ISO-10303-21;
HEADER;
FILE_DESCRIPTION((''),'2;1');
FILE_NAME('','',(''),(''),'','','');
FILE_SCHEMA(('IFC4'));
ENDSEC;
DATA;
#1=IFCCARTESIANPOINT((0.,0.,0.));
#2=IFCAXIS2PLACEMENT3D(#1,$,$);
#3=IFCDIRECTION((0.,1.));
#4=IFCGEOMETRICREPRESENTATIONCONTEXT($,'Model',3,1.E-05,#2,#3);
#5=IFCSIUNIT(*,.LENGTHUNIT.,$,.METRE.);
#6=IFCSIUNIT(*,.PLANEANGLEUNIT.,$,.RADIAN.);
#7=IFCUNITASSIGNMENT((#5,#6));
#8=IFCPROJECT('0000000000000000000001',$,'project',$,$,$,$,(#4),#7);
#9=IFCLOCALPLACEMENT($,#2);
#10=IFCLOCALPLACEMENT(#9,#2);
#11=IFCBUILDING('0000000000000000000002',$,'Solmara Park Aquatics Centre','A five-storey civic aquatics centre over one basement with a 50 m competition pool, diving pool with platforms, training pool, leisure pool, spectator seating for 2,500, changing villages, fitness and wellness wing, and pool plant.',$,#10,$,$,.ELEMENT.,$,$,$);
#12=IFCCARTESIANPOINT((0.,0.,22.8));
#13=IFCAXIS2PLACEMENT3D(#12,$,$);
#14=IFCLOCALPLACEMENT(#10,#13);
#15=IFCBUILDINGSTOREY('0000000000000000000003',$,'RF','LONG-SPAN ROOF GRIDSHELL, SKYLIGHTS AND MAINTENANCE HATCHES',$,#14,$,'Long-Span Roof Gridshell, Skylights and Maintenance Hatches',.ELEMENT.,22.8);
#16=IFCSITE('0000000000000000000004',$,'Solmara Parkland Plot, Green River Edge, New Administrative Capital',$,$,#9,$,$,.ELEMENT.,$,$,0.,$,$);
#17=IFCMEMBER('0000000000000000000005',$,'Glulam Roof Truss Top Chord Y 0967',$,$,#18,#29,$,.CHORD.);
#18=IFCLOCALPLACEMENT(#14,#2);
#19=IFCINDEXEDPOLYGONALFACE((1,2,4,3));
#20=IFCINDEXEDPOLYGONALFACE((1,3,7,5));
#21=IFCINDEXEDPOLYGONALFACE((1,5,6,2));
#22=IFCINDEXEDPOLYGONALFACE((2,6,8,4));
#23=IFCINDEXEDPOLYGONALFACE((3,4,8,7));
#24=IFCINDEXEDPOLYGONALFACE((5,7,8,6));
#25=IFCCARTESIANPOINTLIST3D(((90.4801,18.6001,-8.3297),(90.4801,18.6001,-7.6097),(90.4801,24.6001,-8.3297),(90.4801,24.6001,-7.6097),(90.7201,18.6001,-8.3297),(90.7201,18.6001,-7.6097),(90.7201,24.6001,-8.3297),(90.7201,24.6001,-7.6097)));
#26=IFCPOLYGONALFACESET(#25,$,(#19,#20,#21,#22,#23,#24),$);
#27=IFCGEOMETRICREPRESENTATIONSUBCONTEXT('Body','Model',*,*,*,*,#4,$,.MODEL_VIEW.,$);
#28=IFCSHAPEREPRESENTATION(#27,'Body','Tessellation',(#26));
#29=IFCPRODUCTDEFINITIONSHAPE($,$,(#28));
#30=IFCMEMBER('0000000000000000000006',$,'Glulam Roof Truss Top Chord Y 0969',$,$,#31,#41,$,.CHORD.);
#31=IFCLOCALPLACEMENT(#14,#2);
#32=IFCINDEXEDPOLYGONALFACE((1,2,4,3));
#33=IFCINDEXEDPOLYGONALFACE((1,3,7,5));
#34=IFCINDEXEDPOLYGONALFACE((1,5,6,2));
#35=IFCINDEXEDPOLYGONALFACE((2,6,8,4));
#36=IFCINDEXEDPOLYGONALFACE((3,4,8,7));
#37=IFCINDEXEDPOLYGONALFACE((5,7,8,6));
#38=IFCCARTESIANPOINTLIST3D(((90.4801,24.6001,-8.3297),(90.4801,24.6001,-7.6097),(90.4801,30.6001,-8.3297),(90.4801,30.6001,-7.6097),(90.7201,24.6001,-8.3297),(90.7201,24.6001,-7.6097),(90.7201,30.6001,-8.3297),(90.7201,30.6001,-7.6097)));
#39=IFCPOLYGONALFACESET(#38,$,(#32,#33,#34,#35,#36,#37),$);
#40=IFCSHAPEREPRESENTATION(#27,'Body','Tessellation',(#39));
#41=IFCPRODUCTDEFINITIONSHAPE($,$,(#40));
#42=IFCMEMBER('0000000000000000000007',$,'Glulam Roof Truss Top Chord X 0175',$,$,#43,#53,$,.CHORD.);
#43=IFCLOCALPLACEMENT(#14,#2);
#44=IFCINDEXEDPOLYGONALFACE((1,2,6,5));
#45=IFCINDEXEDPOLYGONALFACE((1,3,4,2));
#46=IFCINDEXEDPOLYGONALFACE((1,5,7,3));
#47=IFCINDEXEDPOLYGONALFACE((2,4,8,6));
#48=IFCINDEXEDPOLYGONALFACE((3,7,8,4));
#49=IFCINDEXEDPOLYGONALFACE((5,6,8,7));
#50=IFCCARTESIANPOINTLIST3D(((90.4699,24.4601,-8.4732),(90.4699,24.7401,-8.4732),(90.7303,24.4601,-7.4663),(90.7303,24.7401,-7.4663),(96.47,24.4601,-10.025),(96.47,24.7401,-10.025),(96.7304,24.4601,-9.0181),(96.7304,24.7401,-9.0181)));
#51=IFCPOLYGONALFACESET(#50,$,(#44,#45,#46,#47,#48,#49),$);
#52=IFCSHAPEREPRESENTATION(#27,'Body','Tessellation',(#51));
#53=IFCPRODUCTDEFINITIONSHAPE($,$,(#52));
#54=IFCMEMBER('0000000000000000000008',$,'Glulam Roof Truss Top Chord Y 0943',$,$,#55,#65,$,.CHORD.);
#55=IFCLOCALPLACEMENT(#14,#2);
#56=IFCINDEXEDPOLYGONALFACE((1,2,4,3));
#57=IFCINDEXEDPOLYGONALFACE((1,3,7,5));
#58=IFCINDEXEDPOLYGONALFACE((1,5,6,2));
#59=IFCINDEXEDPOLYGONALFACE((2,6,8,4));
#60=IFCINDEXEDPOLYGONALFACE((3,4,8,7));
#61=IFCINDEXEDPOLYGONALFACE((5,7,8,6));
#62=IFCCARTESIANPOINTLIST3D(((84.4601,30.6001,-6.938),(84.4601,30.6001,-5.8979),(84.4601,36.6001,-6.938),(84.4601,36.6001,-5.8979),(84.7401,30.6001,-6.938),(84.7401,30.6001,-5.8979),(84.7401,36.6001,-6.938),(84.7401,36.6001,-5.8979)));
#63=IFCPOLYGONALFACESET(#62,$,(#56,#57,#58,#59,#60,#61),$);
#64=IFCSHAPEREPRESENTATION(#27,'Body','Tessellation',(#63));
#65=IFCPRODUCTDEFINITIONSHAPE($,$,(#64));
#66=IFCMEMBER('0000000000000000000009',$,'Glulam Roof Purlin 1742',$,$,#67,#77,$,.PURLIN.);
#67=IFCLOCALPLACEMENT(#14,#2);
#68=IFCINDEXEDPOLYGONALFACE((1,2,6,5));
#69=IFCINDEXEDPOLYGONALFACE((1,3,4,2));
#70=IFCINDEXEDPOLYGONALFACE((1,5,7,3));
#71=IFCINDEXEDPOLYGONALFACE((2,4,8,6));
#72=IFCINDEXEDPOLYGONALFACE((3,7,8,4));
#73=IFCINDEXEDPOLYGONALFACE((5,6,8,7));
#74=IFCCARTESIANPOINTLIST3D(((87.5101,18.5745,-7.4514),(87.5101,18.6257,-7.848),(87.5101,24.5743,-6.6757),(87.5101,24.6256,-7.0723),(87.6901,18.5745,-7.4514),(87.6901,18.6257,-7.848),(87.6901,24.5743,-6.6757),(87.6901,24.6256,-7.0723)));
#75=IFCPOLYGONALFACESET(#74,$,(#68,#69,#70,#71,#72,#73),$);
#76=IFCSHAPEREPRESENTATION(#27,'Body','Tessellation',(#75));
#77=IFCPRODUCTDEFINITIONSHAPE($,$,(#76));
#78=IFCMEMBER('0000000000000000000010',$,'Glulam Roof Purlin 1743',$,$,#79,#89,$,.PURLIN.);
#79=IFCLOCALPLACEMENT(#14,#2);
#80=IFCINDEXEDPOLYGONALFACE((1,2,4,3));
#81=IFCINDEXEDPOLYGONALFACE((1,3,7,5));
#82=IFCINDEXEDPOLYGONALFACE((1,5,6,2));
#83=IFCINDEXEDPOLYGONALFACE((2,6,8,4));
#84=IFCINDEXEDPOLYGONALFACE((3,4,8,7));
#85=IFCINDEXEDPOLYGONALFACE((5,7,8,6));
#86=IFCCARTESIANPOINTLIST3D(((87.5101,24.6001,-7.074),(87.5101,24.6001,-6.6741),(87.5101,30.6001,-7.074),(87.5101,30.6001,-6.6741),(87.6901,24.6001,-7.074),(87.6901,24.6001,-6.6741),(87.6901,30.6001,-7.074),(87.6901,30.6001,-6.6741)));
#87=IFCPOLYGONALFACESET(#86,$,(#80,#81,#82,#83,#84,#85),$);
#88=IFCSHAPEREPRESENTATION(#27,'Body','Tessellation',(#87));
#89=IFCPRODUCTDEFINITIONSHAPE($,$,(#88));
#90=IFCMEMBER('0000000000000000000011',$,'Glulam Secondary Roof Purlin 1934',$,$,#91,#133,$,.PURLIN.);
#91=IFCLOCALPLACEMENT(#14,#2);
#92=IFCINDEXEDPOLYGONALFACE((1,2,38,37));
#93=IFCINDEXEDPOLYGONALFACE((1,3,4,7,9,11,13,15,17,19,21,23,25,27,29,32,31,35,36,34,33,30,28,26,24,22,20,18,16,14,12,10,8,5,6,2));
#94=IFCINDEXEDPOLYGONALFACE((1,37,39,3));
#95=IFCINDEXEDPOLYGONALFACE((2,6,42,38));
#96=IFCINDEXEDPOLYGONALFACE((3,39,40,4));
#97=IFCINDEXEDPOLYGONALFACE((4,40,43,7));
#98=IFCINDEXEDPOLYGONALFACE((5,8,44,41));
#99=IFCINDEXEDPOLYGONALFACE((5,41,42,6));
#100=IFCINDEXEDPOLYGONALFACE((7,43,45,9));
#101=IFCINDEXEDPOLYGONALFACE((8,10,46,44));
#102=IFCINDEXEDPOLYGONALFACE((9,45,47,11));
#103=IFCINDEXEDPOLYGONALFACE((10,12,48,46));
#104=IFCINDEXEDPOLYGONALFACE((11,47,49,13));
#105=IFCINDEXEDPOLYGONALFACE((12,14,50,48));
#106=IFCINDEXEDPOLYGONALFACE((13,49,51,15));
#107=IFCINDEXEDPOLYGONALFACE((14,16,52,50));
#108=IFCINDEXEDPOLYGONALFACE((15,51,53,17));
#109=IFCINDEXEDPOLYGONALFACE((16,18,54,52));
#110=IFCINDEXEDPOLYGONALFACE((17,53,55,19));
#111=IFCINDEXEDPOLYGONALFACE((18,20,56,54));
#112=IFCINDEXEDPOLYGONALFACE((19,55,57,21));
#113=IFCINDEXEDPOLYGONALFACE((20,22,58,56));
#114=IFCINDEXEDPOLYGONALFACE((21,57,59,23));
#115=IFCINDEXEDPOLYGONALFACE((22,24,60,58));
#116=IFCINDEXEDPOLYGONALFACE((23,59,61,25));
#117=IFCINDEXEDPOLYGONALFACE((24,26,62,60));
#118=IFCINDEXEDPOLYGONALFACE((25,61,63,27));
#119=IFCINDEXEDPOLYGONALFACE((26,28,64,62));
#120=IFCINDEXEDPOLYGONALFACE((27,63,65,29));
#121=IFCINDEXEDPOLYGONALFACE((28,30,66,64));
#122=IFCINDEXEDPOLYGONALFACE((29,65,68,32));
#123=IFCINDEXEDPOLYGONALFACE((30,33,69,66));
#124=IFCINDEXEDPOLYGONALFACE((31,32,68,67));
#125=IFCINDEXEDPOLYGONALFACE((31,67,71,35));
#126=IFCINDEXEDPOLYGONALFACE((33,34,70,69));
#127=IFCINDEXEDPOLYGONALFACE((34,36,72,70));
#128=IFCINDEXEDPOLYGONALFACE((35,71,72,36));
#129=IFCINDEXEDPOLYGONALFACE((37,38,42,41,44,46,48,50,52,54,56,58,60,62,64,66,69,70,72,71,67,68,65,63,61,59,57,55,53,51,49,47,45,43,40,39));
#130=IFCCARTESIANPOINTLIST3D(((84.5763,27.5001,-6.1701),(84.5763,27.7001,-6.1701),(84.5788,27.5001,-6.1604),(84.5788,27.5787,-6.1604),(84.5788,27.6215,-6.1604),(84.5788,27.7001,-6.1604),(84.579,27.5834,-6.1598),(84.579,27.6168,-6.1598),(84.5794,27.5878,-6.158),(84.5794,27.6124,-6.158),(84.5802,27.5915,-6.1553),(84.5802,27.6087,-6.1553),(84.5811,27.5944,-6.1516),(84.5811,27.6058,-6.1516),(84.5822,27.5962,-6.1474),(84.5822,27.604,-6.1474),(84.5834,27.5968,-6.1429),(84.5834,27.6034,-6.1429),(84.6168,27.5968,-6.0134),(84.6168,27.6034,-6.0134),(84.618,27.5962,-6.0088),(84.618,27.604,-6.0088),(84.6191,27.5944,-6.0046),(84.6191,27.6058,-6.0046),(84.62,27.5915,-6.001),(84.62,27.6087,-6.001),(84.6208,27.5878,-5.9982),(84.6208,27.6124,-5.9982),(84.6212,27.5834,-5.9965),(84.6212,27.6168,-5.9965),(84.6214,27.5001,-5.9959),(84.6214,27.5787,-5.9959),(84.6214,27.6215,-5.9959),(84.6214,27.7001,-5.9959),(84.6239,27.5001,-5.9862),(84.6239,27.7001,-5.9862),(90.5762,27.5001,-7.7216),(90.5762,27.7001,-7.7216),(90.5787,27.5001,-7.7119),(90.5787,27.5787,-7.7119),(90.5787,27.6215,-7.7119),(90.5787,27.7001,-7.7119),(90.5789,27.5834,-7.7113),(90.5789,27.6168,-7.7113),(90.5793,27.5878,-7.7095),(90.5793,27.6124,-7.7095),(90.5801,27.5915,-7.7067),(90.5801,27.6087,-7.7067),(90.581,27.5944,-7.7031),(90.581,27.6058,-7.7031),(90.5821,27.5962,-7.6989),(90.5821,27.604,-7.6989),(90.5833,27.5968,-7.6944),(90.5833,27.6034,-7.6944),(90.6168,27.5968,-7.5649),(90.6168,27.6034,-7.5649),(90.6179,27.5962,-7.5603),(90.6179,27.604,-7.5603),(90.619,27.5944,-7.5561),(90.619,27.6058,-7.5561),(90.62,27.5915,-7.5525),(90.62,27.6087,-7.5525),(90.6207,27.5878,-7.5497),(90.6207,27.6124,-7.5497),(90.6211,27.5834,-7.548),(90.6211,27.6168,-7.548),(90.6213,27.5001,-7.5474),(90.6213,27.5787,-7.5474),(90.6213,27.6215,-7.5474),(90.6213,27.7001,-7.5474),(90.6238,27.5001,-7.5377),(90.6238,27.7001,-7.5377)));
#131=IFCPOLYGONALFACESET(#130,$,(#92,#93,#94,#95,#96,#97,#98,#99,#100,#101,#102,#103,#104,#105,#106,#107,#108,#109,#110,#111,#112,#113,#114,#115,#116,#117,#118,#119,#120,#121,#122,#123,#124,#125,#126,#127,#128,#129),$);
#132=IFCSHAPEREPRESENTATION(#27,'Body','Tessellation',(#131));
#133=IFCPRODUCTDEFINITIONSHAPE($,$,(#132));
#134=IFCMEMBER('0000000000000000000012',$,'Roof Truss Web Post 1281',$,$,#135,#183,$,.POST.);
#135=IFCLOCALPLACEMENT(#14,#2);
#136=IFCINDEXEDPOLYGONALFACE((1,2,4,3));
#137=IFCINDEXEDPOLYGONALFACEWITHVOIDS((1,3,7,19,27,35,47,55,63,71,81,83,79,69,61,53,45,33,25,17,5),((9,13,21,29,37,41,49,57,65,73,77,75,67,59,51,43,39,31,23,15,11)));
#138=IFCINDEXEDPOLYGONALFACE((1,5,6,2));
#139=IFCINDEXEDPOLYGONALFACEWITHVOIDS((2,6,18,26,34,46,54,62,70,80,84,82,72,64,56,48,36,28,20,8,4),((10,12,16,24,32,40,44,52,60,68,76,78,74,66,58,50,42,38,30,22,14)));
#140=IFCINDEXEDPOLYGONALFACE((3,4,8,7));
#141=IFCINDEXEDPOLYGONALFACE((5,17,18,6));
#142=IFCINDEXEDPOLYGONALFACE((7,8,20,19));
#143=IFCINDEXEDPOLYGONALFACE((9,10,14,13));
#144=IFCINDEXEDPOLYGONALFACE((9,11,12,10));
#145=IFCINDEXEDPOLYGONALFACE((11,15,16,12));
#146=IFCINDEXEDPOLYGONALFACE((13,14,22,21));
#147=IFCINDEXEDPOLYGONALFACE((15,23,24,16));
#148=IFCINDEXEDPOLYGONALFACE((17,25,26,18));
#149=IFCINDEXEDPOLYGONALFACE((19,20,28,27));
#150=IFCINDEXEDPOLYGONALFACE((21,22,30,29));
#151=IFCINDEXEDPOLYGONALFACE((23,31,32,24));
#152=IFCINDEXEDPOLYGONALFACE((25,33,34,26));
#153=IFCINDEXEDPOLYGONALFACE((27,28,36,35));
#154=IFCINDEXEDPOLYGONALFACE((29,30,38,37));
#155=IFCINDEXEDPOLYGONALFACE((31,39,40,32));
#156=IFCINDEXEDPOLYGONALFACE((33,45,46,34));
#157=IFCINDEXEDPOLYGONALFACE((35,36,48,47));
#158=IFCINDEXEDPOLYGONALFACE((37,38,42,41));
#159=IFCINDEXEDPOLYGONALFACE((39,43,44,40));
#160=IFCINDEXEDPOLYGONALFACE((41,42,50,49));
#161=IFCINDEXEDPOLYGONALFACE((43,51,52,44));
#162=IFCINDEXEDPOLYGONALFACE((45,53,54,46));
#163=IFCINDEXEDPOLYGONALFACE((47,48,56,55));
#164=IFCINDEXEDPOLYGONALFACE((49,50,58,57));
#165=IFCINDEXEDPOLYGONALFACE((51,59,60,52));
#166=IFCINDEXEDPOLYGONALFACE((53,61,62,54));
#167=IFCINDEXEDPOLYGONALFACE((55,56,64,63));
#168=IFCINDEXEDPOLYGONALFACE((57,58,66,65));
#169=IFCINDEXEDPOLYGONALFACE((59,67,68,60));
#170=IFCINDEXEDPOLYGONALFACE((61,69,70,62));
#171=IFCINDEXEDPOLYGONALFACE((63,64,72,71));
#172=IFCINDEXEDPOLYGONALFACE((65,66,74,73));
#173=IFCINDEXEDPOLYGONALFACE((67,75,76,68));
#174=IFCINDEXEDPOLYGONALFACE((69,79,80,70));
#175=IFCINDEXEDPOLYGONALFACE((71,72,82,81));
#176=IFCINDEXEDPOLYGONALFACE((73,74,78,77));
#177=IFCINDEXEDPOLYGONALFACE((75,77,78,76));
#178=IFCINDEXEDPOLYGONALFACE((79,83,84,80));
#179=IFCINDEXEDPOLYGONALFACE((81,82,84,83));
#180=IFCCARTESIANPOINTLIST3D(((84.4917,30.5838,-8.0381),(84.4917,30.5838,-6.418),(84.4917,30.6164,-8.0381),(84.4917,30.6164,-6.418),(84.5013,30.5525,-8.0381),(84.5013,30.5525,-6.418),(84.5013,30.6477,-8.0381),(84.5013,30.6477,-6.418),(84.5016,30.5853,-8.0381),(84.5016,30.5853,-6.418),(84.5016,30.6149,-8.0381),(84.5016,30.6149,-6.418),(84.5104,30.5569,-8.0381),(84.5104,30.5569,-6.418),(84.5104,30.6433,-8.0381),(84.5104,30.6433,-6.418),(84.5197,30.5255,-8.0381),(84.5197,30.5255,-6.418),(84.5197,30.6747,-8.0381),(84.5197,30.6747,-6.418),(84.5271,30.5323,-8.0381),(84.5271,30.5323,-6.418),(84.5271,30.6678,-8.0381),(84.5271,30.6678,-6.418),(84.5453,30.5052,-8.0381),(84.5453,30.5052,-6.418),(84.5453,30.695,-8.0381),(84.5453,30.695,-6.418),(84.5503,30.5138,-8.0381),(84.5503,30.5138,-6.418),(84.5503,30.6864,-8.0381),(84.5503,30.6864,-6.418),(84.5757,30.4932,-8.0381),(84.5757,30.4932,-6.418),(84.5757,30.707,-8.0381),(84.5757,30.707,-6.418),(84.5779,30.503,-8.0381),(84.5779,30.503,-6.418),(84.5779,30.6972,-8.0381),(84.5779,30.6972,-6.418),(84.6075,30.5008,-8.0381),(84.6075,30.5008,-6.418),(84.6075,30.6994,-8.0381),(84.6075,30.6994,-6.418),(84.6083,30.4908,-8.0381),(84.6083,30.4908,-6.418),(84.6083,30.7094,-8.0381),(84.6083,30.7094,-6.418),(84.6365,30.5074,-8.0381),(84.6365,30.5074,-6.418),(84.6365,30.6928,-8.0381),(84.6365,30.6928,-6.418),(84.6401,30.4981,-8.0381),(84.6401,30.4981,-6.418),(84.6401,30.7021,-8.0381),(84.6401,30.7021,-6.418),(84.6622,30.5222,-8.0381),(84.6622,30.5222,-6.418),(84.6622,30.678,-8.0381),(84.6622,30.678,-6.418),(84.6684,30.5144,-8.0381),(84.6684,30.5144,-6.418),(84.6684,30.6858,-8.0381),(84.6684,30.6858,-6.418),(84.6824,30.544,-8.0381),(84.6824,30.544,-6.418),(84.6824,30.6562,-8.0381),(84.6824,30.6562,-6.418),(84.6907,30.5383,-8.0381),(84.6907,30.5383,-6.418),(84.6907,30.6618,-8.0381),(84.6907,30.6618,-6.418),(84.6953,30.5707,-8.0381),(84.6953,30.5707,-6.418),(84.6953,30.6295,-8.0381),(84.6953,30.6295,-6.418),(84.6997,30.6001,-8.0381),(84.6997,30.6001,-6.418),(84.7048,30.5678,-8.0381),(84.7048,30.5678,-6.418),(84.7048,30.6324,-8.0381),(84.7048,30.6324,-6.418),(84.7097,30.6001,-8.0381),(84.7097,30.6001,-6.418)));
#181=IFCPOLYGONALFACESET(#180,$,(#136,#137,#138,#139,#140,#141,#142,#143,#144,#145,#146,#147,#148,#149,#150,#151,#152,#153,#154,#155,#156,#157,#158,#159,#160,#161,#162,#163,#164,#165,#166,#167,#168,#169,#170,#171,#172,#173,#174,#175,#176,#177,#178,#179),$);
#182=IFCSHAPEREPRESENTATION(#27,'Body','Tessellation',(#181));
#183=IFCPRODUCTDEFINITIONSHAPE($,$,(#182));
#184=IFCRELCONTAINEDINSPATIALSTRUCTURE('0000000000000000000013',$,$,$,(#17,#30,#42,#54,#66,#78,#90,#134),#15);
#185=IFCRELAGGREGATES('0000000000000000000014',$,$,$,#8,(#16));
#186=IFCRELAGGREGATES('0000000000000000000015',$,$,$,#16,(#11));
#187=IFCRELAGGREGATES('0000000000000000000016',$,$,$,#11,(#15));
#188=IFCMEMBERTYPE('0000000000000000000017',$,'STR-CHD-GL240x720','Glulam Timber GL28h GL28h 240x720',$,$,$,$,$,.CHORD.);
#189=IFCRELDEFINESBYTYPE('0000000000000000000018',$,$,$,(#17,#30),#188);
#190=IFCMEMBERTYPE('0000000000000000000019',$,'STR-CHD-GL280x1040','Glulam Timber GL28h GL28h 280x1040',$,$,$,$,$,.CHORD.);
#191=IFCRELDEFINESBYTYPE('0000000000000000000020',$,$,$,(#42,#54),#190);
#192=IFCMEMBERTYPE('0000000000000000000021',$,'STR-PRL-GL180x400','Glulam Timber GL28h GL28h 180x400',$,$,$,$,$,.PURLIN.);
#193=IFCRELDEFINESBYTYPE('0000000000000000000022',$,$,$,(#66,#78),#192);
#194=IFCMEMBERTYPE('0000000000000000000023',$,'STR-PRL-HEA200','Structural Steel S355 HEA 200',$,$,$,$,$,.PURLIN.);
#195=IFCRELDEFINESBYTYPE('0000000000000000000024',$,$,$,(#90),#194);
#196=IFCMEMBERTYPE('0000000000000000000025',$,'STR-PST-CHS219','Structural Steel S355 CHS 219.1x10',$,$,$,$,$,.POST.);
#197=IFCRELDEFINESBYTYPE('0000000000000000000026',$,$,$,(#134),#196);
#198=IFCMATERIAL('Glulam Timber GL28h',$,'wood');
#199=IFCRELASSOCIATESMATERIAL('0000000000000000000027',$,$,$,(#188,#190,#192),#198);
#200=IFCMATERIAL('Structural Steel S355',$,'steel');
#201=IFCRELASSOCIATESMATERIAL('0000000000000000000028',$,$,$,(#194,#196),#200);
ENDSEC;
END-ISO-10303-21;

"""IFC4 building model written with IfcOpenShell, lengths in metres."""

from ifc_helpers import new_model, si_unit, direction, frame, origin, origin_2d, place, context, subcontext, project, spatial, rectangle, hollow_circle, i_section, extrude, material, material_profile, profile_set, type_object, element, save


model = new_model("IFC4")

# Units and contexts
model_context = context("Model", 3, precision=1e-05, world=origin(), true_north=direction((0.0, 1.0)))
body_context = subcontext(model_context, "Body", "Model", "MODEL_VIEW")
ifc_project = project(units=[si_unit("LENGTHUNIT", "METRE"), si_unit("PLANEANGLEUNIT", "RADIAN")], contexts=[model_context])

# Site, building, storey
site_placement = place(None, origin())
site = spatial("IfcSite", under=ifc_project, at=site_placement, Name="Solmara Parkland Plot, Green River Edge, New Administrative Capital", CompositionType="ELEMENT", RefElevation=0.0)
building_placement = place(site_placement, origin())
building = spatial("IfcBuilding", under=site, at=building_placement, Name="Solmara Park Aquatics Centre", Description="A five-storey civic aquatics centre over one basement with a 50 m competition pool, diving pool with platforms, training pool, leisure pool, spectator seating for 2,500, changing villages, fitness and wellness wing, and pool plant.", CompositionType="ELEMENT")
storey_placement = place(building_placement, frame((0.0, 0.0, 22.8)))
storey = spatial("IfcBuildingStorey", under=building, at=storey_placement, Name="RF", Description="LONG-SPAN ROOF GRIDSHELL, SKYLIGHTS AND MAINTENANCE HATCHES", LongName="Long-Span Roof Gridshell, Skylights and Maintenance Hatches", CompositionType="ELEMENT", Elevation=22.8)

# Members
ifc_material_1 = material(Name="Structural Steel S355", Category="steel")
ifc_material_2 = material(Name="Glulam Timber GL28h", Category="wood")
ifc_material_profile_1 = material_profile(ifc_material_2, rectangle(XDim=0.24, YDim=0.72, at=origin_2d()), Name="GL28h 240x720")
ifc_profile_set_1 = profile_set([ifc_material_profile_1], Name="Glulam Timber GL28h")
member_type_1 = type_object("IfcMemberType", Name="STR-CHD-GL240x720", Description="Glulam Timber GL28h GL28h 240x720", PredefinedType="CHORD", material=ifc_profile_set_1)
for number, where, z_axis, x_axis, name in (
    (1, (90.6001, 18.6001, -7.9697), (0.0, 1.0, 0.0), (-1.0, 0.0, 0.0), "Glulam Roof Truss Top Chord Y 0967"),
    (2, (90.6001, 24.6001, -7.9697), (0.0, 1.0, 0.0), (-1.0, 0.0, 0.0), "Glulam Roof Truss Top Chord Y 0969"),
):
    element("IfcMember", number, at=place(storey_placement, frame(where, z_axis=z_axis, x_axis=x_axis)), inside=storey, type_object=member_type_1, Name=name, PredefinedType="CHORD", context=body_context, shape_type="SweptSolid", body=[
        extrude(rectangle(XDim=0.24, YDim=0.72, at=origin_2d()), origin(), (0.0, 0.0, 1.0), 6.0),
    ])
ifc_material_profile_2 = material_profile(ifc_material_2, rectangle(XDim=0.28, YDim=1.04, at=origin_2d()), Name="GL28h 280x1040")
ifc_profile_set_2 = profile_set([ifc_material_profile_2], Name="Glulam Timber GL28h")
member_type_2 = type_object("IfcMemberType", Name="STR-CHD-GL280x1040", Description="Glulam Timber GL28h GL28h 280x1040", PredefinedType="CHORD", material=ifc_profile_set_2)
member_1_placement = place(storey_placement, frame((90.6001, 24.6001, -7.9697), z_axis=(0.968146, 0.0, -0.250388), x_axis=(0.0, 1.0, 0.0)))
element("IfcMember", 3, at=member_1_placement, inside=storey, type_object=member_type_2, Name="Glulam Roof Truss Top Chord X 0175", PredefinedType="CHORD", context=body_context, shape_type="SweptSolid", body=[
    extrude(rectangle(XDim=0.28, YDim=1.04, at=origin_2d()), origin(), (0.0, 0.0, 1.0), 6.1975),
])
member_2_placement = place(storey_placement, frame((84.6001, 30.6001, -6.418), z_axis=(0.0, 1.0, 0.0), x_axis=(-1.0, 0.0, 0.0)))
element("IfcMember", 4, at=member_2_placement, inside=storey, type_object=member_type_2, Name="Glulam Roof Truss Top Chord Y 0943", PredefinedType="CHORD", context=body_context, shape_type="SweptSolid", body=[
    extrude(rectangle(XDim=0.28, YDim=1.04, at=origin_2d()), origin(), (0.0, 0.0, 1.0), 6.0),
])
ifc_material_profile_3 = material_profile(ifc_material_2, rectangle(XDim=0.1799, YDim=0.3999, at=origin_2d()), Name="GL28h 180x400")
ifc_profile_set_3 = profile_set([ifc_material_profile_3], Name="Glulam Timber GL28h")
member_type_3 = type_object("IfcMemberType", Name="STR-PRL-GL180x400", Description="Glulam Timber GL28h GL28h 180x400", PredefinedType="PURLIN", material=ifc_profile_set_3)
member_3_placement = place(storey_placement, frame((87.6001, 18.6001, -7.6497), z_axis=(0.0, 0.991748, 0.128206), x_axis=(-1.0, 0.0, 0.0)))
element("IfcMember", 5, at=member_3_placement, inside=storey, type_object=member_type_3, Name="Glulam Roof Purlin 1742", PredefinedType="PURLIN", context=body_context, shape_type="SweptSolid", body=[
    extrude(rectangle(XDim=0.1799, YDim=0.3999, at=origin_2d()), origin(), (0.0, 0.0, 1.0), 6.0498),
])
member_4_placement = place(storey_placement, frame((87.6001, 24.6001, -6.874), z_axis=(0.0, 1.0, 0.0), x_axis=(-1.0, 0.0, 0.0)))
element("IfcMember", 6, at=member_4_placement, inside=storey, type_object=member_type_3, Name="Glulam Roof Purlin 1743", PredefinedType="PURLIN", context=body_context, shape_type="SweptSolid", body=[
    extrude(rectangle(XDim=0.1799, YDim=0.3999, at=origin_2d()), origin(), (0.0, 0.0, 1.0), 6.0),
])
ifc_material_profile_4 = material_profile(ifc_material_1, i_section(OverallWidth=0.2, OverallDepth=0.1899, WebThickness=0.0066, FlangeThickness=0.01, FilletRadius=0.0181, at=origin_2d()), Name="HEA 200")
ifc_profile_set_4 = profile_set([ifc_material_profile_4], Name="Structural Steel S355")
member_type_4 = type_object("IfcMemberType", Name="STR-PRL-HEA200", Description="Structural Steel S355 HEA 200", PredefinedType="PURLIN", material=ifc_profile_set_4)
member_5_placement = place(storey_placement, frame((84.6001, 27.6001, -6.0781), z_axis=(0.968155, 0.0, -0.250351), x_axis=(0.0, 1.0, 0.0)))
element("IfcMember", 7, at=member_5_placement, inside=storey, type_object=member_type_4, Name="Glulam Secondary Roof Purlin 1934", PredefinedType="PURLIN", context=body_context, shape_type="SweptSolid", body=[
    extrude(i_section(OverallWidth=0.2, OverallDepth=0.1899, WebThickness=0.0066, FlangeThickness=0.01, FilletRadius=0.0181, at=origin_2d()), origin(), (0.0, 0.0, 1.0), 6.1973),
])
ifc_material_profile_5 = material_profile(ifc_material_1, hollow_circle(Radius=0.1096, WallThickness=0.01, at=origin_2d()), Name="CHS 219.1x10")
ifc_profile_set_5 = profile_set([ifc_material_profile_5], Name="Structural Steel S355")
member_type_5 = type_object("IfcMemberType", Name="STR-PST-CHS219", Description="Structural Steel S355 CHS 219.1x10", PredefinedType="POST", material=ifc_profile_set_5)
for number, where, z_axis, x_axis, name in (
    (8, (84.6001, 30.6001, -8.0381), (0.0, 0.0, 1.0), (1.0, 0.0, 0.0), "Roof Truss Web Post 1281"),
):
    element("IfcMember", number, at=place(storey_placement, frame(where, z_axis=z_axis, x_axis=x_axis)), inside=storey, type_object=member_type_5, Name=name, PredefinedType="POST", context=body_context, shape_type="SweptSolid", body=[
        extrude(hollow_circle(Radius=0.1096, WallThickness=0.01, at=origin_2d()), origin(), (0.0, 0.0, 1.0), 1.6201),
    ])

save(model, "model.ifc")
